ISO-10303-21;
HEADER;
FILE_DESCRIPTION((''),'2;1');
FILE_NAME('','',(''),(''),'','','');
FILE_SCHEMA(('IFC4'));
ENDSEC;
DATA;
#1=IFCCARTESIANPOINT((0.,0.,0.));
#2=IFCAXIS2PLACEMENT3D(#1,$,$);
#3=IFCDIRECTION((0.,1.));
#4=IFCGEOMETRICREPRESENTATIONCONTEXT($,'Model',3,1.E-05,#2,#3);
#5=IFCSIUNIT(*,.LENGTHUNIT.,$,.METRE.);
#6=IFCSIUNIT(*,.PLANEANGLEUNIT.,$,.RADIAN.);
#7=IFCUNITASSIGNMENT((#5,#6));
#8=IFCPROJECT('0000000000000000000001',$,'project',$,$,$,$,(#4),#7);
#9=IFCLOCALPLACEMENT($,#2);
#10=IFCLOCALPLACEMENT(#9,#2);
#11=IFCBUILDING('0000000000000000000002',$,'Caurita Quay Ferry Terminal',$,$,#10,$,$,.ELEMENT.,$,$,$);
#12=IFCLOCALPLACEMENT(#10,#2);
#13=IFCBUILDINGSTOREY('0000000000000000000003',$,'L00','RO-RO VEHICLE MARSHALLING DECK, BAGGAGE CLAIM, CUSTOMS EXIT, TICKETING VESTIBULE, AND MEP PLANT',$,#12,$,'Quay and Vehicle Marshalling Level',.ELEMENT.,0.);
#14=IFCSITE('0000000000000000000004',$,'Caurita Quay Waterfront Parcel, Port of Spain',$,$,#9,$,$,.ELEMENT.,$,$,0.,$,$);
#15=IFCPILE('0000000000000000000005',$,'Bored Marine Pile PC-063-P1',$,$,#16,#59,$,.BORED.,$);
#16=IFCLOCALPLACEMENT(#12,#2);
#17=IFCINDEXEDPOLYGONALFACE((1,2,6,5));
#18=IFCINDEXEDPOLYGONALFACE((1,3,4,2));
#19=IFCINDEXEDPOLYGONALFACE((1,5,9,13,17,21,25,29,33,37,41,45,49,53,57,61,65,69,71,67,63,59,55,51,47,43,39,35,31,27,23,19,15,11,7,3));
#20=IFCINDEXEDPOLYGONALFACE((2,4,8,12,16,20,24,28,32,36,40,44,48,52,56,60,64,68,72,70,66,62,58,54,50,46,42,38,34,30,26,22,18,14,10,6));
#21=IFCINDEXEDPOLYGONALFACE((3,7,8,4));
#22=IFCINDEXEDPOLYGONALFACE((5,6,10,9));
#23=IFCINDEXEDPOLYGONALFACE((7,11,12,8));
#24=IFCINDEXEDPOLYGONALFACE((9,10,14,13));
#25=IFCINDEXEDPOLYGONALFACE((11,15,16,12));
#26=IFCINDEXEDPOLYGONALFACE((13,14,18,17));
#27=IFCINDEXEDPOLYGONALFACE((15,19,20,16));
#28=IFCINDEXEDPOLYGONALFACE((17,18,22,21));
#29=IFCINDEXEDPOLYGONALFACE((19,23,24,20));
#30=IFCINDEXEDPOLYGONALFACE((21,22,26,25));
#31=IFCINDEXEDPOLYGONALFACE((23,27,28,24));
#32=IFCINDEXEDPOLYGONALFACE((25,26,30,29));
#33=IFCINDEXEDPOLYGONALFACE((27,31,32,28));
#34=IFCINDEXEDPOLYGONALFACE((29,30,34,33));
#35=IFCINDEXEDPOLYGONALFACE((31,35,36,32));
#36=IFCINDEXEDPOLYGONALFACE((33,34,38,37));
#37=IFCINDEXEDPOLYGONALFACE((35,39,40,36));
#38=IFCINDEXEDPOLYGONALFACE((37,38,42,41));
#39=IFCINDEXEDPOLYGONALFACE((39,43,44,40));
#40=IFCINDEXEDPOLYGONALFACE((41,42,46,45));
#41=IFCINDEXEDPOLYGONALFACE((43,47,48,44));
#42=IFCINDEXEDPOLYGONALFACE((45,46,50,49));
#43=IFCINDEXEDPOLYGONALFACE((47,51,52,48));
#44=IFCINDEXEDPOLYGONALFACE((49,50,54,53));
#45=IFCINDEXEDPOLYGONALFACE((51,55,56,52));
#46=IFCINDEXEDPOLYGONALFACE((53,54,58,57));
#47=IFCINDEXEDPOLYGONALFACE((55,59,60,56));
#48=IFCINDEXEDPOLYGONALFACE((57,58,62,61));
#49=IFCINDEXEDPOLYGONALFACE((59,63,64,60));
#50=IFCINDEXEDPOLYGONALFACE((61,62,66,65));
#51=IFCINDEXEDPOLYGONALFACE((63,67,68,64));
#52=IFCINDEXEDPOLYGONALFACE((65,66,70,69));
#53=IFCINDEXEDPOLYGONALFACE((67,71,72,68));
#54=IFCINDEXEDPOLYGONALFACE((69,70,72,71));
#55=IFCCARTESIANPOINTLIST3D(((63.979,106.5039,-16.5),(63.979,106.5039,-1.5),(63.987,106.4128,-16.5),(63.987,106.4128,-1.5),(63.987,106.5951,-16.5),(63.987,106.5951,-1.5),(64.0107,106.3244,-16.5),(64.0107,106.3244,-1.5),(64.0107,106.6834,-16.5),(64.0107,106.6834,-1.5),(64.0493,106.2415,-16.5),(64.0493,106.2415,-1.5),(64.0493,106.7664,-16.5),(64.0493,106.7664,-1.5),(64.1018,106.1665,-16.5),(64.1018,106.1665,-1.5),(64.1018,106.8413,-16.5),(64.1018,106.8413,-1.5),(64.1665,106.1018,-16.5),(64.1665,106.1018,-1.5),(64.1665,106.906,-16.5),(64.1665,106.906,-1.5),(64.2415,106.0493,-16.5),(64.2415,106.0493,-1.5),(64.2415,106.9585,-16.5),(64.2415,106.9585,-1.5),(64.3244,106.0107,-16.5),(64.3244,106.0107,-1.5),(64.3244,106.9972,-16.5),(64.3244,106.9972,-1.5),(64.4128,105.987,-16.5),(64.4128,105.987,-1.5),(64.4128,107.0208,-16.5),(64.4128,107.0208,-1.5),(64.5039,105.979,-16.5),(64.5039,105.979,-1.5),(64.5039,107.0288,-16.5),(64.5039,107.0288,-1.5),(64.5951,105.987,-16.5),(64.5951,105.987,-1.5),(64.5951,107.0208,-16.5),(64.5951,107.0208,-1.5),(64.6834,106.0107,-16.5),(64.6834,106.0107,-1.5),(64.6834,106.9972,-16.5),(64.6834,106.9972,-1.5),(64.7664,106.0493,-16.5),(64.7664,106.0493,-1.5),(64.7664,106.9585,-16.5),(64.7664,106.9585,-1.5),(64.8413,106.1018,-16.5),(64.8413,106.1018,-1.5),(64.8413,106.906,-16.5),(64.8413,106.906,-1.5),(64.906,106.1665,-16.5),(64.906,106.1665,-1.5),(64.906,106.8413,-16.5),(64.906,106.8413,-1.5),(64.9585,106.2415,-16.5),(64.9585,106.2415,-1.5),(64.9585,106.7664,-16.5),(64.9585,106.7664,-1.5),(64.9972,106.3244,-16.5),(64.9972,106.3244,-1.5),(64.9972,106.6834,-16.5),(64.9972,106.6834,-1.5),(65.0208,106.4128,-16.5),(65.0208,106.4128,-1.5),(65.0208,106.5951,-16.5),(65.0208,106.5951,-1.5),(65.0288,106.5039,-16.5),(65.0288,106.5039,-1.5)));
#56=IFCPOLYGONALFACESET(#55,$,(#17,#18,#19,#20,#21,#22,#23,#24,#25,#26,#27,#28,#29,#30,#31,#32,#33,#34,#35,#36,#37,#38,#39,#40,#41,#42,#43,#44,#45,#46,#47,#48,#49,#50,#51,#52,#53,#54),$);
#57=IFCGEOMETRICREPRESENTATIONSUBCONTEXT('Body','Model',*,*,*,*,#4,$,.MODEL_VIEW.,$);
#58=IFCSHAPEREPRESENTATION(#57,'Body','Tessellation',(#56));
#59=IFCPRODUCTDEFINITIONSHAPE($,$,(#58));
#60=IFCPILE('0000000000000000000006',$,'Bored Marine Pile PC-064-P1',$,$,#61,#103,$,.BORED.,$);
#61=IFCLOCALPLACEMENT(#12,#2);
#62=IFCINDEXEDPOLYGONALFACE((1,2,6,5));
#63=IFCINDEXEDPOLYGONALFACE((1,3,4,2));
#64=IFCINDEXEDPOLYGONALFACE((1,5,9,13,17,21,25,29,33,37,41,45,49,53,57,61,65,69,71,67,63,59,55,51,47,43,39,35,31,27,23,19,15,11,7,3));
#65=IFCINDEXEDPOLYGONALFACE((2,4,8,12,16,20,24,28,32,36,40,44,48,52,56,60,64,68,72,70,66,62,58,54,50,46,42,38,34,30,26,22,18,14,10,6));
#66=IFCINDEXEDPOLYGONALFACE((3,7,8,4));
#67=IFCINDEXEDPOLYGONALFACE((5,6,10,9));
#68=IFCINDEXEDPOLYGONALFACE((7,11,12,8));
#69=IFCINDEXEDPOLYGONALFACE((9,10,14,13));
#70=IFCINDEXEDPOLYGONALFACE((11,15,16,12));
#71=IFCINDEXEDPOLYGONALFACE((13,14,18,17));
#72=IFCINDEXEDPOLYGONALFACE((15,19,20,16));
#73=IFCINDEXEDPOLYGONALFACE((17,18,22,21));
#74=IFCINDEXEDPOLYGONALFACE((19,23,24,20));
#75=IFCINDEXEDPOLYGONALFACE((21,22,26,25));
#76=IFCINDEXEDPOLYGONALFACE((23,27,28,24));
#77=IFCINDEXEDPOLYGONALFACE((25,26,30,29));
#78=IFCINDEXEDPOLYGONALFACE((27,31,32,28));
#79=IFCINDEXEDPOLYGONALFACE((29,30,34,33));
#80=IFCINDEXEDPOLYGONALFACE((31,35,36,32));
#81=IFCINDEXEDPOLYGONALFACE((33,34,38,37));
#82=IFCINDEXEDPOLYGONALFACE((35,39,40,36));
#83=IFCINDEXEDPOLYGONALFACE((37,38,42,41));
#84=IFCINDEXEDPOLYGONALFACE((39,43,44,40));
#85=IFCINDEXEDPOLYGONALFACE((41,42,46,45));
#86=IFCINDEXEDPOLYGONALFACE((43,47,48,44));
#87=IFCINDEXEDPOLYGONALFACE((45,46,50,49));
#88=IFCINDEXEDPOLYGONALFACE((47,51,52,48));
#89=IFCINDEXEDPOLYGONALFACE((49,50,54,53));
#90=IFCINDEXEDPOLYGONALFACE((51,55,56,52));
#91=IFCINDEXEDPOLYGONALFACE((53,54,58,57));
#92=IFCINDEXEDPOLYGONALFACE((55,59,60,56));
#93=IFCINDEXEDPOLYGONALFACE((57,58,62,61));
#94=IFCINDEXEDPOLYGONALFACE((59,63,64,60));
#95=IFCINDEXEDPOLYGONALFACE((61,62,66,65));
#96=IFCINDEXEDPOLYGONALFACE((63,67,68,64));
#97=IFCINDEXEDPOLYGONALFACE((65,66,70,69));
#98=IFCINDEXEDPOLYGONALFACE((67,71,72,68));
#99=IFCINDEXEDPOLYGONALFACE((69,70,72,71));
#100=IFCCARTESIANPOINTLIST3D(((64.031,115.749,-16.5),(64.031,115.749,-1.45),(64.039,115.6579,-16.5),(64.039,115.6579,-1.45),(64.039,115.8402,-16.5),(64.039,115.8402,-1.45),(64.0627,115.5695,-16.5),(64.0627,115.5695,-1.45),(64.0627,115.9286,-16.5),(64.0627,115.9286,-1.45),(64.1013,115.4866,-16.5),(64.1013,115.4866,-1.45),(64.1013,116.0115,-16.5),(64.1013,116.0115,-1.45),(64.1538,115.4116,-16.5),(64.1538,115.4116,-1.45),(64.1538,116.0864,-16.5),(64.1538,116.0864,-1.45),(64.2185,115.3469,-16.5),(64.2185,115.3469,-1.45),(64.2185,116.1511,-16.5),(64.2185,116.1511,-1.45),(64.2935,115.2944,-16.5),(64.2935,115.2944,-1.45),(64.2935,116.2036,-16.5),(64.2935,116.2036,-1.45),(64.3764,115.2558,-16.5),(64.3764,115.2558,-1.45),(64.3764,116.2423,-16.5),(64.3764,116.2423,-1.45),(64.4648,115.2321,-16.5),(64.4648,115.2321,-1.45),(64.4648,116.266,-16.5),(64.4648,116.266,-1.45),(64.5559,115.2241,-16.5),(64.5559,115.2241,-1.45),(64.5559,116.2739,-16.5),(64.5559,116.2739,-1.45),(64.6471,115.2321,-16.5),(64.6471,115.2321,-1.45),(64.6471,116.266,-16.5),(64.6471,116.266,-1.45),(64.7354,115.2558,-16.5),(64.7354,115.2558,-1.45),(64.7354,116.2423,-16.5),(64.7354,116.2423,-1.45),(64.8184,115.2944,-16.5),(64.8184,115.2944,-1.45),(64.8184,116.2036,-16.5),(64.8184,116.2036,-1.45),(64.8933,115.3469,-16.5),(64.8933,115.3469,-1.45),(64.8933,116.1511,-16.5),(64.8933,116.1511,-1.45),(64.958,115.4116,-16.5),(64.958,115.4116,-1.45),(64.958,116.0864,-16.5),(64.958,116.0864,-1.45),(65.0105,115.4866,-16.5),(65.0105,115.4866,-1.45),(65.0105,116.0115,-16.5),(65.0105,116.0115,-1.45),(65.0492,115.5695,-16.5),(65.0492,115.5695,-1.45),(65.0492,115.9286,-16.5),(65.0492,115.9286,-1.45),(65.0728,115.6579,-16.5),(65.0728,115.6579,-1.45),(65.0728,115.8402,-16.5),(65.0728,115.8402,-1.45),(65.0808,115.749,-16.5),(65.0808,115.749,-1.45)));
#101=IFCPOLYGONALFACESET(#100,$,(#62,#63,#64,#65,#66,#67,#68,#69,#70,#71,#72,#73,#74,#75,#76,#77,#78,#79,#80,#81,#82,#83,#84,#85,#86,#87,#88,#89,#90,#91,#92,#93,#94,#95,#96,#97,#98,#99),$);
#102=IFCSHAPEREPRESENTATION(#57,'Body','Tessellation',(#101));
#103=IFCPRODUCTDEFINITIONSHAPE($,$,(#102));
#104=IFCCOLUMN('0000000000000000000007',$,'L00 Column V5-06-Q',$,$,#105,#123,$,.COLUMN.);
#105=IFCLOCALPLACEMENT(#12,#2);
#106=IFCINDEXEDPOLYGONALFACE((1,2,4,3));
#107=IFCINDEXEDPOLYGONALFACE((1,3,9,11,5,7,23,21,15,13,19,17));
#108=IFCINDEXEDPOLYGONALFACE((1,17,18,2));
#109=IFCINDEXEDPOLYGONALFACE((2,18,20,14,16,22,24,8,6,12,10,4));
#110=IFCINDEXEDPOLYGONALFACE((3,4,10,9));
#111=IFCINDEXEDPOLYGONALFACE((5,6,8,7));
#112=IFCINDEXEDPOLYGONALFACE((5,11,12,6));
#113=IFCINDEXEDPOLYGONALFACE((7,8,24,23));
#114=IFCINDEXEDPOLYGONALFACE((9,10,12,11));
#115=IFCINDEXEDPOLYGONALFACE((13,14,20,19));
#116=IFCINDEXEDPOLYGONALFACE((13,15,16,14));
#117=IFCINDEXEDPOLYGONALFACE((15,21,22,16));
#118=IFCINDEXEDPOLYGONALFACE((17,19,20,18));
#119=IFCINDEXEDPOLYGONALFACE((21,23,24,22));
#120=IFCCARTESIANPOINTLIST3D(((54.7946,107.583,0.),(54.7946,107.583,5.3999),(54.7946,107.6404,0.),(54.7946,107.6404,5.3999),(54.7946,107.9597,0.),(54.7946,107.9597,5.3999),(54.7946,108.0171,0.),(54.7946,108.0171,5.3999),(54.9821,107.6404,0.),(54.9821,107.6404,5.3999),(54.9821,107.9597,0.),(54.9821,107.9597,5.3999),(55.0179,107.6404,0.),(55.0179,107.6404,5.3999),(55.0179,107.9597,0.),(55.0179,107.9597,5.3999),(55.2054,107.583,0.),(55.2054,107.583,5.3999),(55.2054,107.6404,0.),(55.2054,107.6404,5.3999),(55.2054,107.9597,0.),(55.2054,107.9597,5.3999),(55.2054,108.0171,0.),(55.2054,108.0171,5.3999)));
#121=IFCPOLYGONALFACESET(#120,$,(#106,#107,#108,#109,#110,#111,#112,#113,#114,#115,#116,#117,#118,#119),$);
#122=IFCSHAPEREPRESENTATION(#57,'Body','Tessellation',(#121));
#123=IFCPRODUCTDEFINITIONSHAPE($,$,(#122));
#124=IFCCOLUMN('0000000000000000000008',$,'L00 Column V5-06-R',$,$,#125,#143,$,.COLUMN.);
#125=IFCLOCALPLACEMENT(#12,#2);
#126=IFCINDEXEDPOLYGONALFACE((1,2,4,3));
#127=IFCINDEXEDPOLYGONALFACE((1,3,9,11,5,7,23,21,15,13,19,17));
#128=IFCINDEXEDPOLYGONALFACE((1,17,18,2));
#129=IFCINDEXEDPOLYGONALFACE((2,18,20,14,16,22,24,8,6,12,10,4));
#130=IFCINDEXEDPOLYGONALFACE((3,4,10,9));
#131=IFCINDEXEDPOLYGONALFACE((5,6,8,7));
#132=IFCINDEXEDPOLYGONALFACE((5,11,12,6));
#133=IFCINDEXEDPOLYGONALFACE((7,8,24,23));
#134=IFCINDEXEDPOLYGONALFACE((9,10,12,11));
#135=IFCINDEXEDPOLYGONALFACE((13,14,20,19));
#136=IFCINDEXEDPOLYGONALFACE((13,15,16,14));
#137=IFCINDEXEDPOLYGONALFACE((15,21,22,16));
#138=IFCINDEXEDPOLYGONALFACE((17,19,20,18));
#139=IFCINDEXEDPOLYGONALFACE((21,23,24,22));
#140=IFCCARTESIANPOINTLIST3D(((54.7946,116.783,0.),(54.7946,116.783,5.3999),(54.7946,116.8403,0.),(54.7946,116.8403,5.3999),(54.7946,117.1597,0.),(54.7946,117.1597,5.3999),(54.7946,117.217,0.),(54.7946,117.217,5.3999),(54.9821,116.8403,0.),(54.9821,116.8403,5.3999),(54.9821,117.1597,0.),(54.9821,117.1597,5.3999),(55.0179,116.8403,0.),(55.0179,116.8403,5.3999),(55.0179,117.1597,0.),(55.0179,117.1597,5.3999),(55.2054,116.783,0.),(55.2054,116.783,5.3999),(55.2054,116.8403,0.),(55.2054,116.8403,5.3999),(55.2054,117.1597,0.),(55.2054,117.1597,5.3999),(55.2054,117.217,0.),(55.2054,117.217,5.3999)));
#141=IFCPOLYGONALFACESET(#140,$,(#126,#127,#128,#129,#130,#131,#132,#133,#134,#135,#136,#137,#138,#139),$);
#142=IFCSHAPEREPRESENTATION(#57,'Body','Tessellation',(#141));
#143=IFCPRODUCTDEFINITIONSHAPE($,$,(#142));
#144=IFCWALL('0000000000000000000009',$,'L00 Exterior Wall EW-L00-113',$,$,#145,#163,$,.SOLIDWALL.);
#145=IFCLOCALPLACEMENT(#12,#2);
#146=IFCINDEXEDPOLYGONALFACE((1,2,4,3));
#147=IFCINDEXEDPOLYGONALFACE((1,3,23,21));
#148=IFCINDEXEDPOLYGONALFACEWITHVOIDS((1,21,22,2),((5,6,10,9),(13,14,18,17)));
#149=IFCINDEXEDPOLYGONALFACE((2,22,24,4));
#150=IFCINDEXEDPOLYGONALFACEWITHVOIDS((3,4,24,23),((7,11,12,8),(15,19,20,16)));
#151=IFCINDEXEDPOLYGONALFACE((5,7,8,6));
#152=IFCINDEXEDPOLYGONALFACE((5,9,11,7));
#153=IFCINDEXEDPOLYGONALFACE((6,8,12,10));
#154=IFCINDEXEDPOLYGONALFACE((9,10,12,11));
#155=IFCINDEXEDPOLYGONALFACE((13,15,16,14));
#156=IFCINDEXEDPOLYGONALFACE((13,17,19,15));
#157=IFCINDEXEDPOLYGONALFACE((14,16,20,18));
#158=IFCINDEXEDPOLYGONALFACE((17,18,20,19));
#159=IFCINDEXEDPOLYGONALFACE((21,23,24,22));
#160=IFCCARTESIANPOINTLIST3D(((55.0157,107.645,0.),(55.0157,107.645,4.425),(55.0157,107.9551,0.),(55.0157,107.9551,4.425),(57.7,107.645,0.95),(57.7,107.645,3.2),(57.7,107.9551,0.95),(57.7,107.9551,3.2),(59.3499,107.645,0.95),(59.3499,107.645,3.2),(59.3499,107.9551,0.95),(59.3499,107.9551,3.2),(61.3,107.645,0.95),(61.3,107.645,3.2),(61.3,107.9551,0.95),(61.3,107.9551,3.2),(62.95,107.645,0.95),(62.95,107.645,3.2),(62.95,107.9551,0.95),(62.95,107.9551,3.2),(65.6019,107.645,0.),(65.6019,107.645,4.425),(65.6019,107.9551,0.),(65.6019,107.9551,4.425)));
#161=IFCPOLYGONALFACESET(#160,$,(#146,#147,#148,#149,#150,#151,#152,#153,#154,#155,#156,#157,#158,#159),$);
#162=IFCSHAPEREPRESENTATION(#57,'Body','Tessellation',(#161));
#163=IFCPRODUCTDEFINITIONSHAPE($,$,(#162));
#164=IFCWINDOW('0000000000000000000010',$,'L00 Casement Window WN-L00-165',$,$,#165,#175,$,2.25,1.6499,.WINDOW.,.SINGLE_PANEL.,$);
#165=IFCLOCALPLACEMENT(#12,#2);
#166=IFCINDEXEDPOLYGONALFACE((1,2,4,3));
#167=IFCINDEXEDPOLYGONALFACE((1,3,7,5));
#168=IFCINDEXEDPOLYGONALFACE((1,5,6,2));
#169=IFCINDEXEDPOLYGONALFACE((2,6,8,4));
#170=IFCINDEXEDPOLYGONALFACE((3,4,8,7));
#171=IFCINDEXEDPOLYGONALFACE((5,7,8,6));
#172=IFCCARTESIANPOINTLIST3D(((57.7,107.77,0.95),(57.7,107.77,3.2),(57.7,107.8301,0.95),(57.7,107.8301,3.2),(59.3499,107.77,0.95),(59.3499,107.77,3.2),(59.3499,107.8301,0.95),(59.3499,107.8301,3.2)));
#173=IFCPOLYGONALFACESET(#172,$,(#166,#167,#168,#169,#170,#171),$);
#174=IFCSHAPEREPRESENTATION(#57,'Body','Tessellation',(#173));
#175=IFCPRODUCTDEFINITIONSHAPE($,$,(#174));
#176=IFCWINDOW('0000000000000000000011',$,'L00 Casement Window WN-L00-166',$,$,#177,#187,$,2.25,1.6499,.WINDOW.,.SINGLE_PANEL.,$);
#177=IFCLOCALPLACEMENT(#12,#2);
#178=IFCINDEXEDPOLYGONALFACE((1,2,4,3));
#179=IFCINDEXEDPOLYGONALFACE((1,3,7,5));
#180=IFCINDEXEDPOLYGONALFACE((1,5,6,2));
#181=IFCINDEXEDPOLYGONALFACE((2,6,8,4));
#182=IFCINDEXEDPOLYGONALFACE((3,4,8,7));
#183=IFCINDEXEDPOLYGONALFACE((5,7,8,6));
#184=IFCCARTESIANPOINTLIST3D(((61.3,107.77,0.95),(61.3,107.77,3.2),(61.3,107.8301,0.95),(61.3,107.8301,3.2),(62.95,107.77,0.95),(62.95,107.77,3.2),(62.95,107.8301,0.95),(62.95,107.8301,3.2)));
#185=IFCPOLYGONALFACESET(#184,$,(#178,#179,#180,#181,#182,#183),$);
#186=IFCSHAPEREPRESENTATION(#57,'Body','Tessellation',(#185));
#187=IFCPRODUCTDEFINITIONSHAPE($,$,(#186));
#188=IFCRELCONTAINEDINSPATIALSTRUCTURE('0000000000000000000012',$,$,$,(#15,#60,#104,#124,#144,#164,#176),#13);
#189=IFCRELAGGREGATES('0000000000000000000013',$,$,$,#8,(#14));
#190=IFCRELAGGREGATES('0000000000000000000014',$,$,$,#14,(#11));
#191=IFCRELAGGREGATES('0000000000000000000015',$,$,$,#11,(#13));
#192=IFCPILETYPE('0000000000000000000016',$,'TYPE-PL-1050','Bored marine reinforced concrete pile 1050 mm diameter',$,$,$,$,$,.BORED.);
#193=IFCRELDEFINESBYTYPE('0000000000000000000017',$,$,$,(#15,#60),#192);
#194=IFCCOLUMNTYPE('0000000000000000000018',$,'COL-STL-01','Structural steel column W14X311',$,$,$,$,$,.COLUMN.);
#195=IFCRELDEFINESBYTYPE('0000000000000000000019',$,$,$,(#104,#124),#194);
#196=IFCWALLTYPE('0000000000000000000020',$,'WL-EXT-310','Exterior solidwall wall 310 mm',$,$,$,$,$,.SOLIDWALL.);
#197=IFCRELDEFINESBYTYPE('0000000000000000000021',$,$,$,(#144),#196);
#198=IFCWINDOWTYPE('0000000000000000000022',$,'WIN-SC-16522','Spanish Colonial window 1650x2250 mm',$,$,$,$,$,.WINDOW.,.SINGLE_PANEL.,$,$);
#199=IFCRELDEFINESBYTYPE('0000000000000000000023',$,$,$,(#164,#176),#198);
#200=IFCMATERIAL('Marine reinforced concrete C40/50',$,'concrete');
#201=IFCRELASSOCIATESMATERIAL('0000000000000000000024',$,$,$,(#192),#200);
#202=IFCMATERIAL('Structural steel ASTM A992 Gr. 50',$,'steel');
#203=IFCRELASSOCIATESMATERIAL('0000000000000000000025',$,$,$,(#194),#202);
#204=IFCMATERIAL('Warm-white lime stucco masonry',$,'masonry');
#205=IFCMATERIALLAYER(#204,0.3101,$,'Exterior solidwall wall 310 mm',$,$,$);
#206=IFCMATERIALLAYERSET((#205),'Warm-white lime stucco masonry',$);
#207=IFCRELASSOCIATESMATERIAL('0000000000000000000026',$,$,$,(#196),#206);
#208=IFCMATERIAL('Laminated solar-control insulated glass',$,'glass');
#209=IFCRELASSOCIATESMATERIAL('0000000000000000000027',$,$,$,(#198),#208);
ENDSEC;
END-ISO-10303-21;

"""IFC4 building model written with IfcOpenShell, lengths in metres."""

from ifc_helpers import new_model, si_unit, direction, frame, frame_2d, origin, origin_2d, place, context, subcontext, project, spatial, rectangle, circle, i_section, extrude, material, layer, layer_set, material_profile, profile_set, type_object, element, fill, save


model = new_model("IFC4")

# Units and contexts
model_context = context("Model", 3, precision=1e-05, world=origin(), true_north=direction((0.0, 1.0)))
body_context = subcontext(model_context, "Body", "Model", "MODEL_VIEW")
ifc_project = project(units=[si_unit("LENGTHUNIT", "METRE"), si_unit("PLANEANGLEUNIT", "RADIAN")], contexts=[model_context])

# Site, building, storey
site_placement = place(None, origin())
site = spatial("IfcSite", under=ifc_project, at=site_placement, Name="Caurita Quay Waterfront Parcel, Port of Spain", CompositionType="ELEMENT", RefElevation=0.0)
building_placement = place(site_placement, origin())
building = spatial("IfcBuilding", under=site, at=building_placement, Name="Caurita Quay Ferry Terminal", CompositionType="ELEMENT")
storey_placement = place(building_placement, origin())
storey = spatial("IfcBuildingStorey", under=building, at=storey_placement, Name="L00", Description="RO-RO VEHICLE MARSHALLING DECK, BAGGAGE CLAIM, CUSTOMS EXIT, TICKETING VESTIBULE, AND MEP PLANT", LongName="Quay and Vehicle Marshalling Level", CompositionType="ELEMENT", Elevation=0.0)

# Piles
ifc_material_1 = material(Name="Marine reinforced concrete C40/50", Category="concrete")
ifc_material_profile_1 = material_profile(ifc_material_1, circle(Radius=0.5249, at=origin_2d()), Name="PILE-D1050")
ifc_profile_set_1 = profile_set([ifc_material_profile_1], Name="Marine reinforced concrete C40/50")
pile_type = type_object("IfcPileType", Name="TYPE-PL-1050", Description="Bored marine reinforced concrete pile 1050 mm diameter", PredefinedType="BORED", material=ifc_profile_set_1)
pile_1_placement = place(storey_placement, frame((64.5039, 106.5039, -1.5), z_axis=(0.0, 0.0, -1.0), x_axis=(1.0, 0.0, 0.0)))
element("IfcPile", 1, at=pile_1_placement, inside=storey, type_object=pile_type, Name="Bored Marine Pile PC-063-P1", PredefinedType="BORED", context=body_context, shape_type="SweptSolid", body=[
    extrude(circle(Radius=0.5249, at=origin_2d()), origin(), (0.0, 0.0, 1.0), 15.0),
])
pile_2_placement = place(storey_placement, frame((64.5559, 115.749, -1.45), z_axis=(0.0, 0.0, -1.0), x_axis=(1.0, 0.0, 0.0)))
element("IfcPile", 2, at=pile_2_placement, inside=storey, type_object=pile_type, Name="Bored Marine Pile PC-064-P1", PredefinedType="BORED", context=body_context, shape_type="SweptSolid", body=[
    extrude(circle(Radius=0.5249, at=origin_2d()), origin(), (0.0, 0.0, 1.0), 15.05),
])

# Columns
ifc_material_2 = material(Name="Structural steel ASTM A992 Gr. 50", Category="steel")
ifc_material_profile_2 = material_profile(ifc_material_2, i_section(OverallWidth=0.4109, OverallDepth=0.4341, WebThickness=0.0359, FlangeThickness=0.0574, at=origin_2d()), Name="W14X311")
ifc_profile_set_2 = profile_set([ifc_material_profile_2], Name="Structural steel ASTM A992 Gr. 50")
column_type = type_object("IfcColumnType", Name="COL-STL-01", Description="Structural steel column W14X311", PredefinedType="COLUMN", material=ifc_profile_set_2)
for number, where, z_axis, x_axis, name in (
    (3, (55.0, 107.8, 0.0), (0.0, 0.0, 1.0), (1.0, 0.0, 0.0), "L00 Column V5-06-Q"),
    (4, (55.0, 117.0, 0.0), (0.0, 0.0, 1.0), (1.0, 0.0, 0.0), "L00 Column V5-06-R"),
):
    element("IfcColumn", number, at=place(storey_placement, frame(where, z_axis=z_axis, x_axis=x_axis)), inside=storey, type_object=column_type, Name=name, PredefinedType="COLUMN", context=body_context, shape_type="SweptSolid", body=[
        extrude(i_section(OverallWidth=0.4109, OverallDepth=0.4341, WebThickness=0.0359, FlangeThickness=0.0574, at=origin_2d()), origin(), (0.0, 0.0, 1.0), 5.3999),
    ])

# Wall, openings, windows
ifc_material_3 = material(Name="Warm-white lime stucco masonry", Category="masonry")
ifc_layer_1 = layer(ifc_material_3, 0.3101, Name="Exterior solidwall wall 310 mm")
ifc_layer_set_1 = layer_set([ifc_layer_1], Name="Warm-white lime stucco masonry")
wall_type_1 = type_object("IfcWallType", Name="WL-EXT-310", Description="Exterior solidwall wall 310 mm", PredefinedType="SOLIDWALL", material=ifc_layer_set_1)
wall_1_placement = place(storey_placement, frame((55.0159, 107.8, 0.0), z_axis=(0.0, 0.0, 1.0), x_axis=(1.0, 0.0, 0.0)))
wall_1 = element("IfcWall", 5, at=wall_1_placement, inside=storey, type_object=wall_type_1, Name="L00 Exterior Wall EW-L00-113", PredefinedType="SOLIDWALL", context=body_context, shape_type="SweptSolid", body=[
    extrude(rectangle(XDim=10.5862, YDim=0.3101, at=frame_2d((5.293, 0.0))), origin(), (0.0, 0.0, 1.0), 4.425),
])
opening_1_placement = place(wall_1_placement, frame((2.6841, 0.0, 0.95)))
opening_1 = element("IfcOpeningElement", 6, at=opening_1_placement, cuts=wall_1, PredefinedType="OPENING", context=body_context, shape_type="SweptSolid", body=[
    extrude(rectangle(XDim=1.6499, YDim=2.25, at=frame_2d((0.825, 1.125))), frame((0.0, 0.165, 0.0), z_axis=(0.0, -1.0, 0.0), x_axis=(1.0, 0.0, 0.0)), (0.0, 0.0, 1.0), 0.3301),
])
opening_2_placement = place(wall_1_placement, frame((6.2842, 0.0, 0.95)))
opening_2 = element("IfcOpeningElement", 7, at=opening_2_placement, cuts=wall_1, PredefinedType="OPENING", context=body_context, shape_type="SweptSolid", body=[
    extrude(rectangle(XDim=1.6499, YDim=2.25, at=frame_2d((0.825, 1.125))), frame((0.0, 0.165, 0.0), z_axis=(0.0, -1.0, 0.0), x_axis=(1.0, 0.0, 0.0)), (0.0, 0.0, 1.0), 0.3301),
])
ifc_material_4 = material(Name="Laminated solar-control insulated glass", Category="glass")
window_type = type_object("IfcWindowType", Name="WIN-SC-16522", Description="Spanish Colonial window 1650x2250 mm", PartitioningType="SINGLE_PANEL", PredefinedType="WINDOW", material=ifc_material_4)
window_1_placement = place(opening_1_placement, origin())
window_1 = element("IfcWindow", 8, at=window_1_placement, inside=storey, type_object=window_type, Name="L00 Casement Window WN-L00-165", OverallHeight=2.25, OverallWidth=1.6499, PartitioningType="SINGLE_PANEL", PredefinedType="WINDOW", context=body_context, shape_type="SweptSolid", body=[
    extrude(rectangle(XDim=1.6499, YDim=2.25, at=frame_2d((0.825, 1.125))), frame((0.0, 0.03, 0.0), z_axis=(0.0, -1.0, 0.0), x_axis=(1.0, 0.0, 0.0)), (0.0, 0.0, 1.0), 0.0601),
])
fill(opening_1, window_1)
window_2_placement = place(opening_2_placement, origin())
window_2 = element("IfcWindow", 9, at=window_2_placement, inside=storey, type_object=window_type, Name="L00 Casement Window WN-L00-166", OverallHeight=2.25, OverallWidth=1.6499, PartitioningType="SINGLE_PANEL", PredefinedType="WINDOW", context=body_context, shape_type="SweptSolid", body=[
    extrude(rectangle(XDim=1.6499, YDim=2.25, at=frame_2d((0.825, 1.125))), frame((0.0, 0.03, 0.0), z_axis=(0.0, -1.0, 0.0), x_axis=(1.0, 0.0, 0.0)), (0.0, 0.0, 1.0), 0.0601),
])
fill(opening_2, window_2)

save(model, "model.ifc")
